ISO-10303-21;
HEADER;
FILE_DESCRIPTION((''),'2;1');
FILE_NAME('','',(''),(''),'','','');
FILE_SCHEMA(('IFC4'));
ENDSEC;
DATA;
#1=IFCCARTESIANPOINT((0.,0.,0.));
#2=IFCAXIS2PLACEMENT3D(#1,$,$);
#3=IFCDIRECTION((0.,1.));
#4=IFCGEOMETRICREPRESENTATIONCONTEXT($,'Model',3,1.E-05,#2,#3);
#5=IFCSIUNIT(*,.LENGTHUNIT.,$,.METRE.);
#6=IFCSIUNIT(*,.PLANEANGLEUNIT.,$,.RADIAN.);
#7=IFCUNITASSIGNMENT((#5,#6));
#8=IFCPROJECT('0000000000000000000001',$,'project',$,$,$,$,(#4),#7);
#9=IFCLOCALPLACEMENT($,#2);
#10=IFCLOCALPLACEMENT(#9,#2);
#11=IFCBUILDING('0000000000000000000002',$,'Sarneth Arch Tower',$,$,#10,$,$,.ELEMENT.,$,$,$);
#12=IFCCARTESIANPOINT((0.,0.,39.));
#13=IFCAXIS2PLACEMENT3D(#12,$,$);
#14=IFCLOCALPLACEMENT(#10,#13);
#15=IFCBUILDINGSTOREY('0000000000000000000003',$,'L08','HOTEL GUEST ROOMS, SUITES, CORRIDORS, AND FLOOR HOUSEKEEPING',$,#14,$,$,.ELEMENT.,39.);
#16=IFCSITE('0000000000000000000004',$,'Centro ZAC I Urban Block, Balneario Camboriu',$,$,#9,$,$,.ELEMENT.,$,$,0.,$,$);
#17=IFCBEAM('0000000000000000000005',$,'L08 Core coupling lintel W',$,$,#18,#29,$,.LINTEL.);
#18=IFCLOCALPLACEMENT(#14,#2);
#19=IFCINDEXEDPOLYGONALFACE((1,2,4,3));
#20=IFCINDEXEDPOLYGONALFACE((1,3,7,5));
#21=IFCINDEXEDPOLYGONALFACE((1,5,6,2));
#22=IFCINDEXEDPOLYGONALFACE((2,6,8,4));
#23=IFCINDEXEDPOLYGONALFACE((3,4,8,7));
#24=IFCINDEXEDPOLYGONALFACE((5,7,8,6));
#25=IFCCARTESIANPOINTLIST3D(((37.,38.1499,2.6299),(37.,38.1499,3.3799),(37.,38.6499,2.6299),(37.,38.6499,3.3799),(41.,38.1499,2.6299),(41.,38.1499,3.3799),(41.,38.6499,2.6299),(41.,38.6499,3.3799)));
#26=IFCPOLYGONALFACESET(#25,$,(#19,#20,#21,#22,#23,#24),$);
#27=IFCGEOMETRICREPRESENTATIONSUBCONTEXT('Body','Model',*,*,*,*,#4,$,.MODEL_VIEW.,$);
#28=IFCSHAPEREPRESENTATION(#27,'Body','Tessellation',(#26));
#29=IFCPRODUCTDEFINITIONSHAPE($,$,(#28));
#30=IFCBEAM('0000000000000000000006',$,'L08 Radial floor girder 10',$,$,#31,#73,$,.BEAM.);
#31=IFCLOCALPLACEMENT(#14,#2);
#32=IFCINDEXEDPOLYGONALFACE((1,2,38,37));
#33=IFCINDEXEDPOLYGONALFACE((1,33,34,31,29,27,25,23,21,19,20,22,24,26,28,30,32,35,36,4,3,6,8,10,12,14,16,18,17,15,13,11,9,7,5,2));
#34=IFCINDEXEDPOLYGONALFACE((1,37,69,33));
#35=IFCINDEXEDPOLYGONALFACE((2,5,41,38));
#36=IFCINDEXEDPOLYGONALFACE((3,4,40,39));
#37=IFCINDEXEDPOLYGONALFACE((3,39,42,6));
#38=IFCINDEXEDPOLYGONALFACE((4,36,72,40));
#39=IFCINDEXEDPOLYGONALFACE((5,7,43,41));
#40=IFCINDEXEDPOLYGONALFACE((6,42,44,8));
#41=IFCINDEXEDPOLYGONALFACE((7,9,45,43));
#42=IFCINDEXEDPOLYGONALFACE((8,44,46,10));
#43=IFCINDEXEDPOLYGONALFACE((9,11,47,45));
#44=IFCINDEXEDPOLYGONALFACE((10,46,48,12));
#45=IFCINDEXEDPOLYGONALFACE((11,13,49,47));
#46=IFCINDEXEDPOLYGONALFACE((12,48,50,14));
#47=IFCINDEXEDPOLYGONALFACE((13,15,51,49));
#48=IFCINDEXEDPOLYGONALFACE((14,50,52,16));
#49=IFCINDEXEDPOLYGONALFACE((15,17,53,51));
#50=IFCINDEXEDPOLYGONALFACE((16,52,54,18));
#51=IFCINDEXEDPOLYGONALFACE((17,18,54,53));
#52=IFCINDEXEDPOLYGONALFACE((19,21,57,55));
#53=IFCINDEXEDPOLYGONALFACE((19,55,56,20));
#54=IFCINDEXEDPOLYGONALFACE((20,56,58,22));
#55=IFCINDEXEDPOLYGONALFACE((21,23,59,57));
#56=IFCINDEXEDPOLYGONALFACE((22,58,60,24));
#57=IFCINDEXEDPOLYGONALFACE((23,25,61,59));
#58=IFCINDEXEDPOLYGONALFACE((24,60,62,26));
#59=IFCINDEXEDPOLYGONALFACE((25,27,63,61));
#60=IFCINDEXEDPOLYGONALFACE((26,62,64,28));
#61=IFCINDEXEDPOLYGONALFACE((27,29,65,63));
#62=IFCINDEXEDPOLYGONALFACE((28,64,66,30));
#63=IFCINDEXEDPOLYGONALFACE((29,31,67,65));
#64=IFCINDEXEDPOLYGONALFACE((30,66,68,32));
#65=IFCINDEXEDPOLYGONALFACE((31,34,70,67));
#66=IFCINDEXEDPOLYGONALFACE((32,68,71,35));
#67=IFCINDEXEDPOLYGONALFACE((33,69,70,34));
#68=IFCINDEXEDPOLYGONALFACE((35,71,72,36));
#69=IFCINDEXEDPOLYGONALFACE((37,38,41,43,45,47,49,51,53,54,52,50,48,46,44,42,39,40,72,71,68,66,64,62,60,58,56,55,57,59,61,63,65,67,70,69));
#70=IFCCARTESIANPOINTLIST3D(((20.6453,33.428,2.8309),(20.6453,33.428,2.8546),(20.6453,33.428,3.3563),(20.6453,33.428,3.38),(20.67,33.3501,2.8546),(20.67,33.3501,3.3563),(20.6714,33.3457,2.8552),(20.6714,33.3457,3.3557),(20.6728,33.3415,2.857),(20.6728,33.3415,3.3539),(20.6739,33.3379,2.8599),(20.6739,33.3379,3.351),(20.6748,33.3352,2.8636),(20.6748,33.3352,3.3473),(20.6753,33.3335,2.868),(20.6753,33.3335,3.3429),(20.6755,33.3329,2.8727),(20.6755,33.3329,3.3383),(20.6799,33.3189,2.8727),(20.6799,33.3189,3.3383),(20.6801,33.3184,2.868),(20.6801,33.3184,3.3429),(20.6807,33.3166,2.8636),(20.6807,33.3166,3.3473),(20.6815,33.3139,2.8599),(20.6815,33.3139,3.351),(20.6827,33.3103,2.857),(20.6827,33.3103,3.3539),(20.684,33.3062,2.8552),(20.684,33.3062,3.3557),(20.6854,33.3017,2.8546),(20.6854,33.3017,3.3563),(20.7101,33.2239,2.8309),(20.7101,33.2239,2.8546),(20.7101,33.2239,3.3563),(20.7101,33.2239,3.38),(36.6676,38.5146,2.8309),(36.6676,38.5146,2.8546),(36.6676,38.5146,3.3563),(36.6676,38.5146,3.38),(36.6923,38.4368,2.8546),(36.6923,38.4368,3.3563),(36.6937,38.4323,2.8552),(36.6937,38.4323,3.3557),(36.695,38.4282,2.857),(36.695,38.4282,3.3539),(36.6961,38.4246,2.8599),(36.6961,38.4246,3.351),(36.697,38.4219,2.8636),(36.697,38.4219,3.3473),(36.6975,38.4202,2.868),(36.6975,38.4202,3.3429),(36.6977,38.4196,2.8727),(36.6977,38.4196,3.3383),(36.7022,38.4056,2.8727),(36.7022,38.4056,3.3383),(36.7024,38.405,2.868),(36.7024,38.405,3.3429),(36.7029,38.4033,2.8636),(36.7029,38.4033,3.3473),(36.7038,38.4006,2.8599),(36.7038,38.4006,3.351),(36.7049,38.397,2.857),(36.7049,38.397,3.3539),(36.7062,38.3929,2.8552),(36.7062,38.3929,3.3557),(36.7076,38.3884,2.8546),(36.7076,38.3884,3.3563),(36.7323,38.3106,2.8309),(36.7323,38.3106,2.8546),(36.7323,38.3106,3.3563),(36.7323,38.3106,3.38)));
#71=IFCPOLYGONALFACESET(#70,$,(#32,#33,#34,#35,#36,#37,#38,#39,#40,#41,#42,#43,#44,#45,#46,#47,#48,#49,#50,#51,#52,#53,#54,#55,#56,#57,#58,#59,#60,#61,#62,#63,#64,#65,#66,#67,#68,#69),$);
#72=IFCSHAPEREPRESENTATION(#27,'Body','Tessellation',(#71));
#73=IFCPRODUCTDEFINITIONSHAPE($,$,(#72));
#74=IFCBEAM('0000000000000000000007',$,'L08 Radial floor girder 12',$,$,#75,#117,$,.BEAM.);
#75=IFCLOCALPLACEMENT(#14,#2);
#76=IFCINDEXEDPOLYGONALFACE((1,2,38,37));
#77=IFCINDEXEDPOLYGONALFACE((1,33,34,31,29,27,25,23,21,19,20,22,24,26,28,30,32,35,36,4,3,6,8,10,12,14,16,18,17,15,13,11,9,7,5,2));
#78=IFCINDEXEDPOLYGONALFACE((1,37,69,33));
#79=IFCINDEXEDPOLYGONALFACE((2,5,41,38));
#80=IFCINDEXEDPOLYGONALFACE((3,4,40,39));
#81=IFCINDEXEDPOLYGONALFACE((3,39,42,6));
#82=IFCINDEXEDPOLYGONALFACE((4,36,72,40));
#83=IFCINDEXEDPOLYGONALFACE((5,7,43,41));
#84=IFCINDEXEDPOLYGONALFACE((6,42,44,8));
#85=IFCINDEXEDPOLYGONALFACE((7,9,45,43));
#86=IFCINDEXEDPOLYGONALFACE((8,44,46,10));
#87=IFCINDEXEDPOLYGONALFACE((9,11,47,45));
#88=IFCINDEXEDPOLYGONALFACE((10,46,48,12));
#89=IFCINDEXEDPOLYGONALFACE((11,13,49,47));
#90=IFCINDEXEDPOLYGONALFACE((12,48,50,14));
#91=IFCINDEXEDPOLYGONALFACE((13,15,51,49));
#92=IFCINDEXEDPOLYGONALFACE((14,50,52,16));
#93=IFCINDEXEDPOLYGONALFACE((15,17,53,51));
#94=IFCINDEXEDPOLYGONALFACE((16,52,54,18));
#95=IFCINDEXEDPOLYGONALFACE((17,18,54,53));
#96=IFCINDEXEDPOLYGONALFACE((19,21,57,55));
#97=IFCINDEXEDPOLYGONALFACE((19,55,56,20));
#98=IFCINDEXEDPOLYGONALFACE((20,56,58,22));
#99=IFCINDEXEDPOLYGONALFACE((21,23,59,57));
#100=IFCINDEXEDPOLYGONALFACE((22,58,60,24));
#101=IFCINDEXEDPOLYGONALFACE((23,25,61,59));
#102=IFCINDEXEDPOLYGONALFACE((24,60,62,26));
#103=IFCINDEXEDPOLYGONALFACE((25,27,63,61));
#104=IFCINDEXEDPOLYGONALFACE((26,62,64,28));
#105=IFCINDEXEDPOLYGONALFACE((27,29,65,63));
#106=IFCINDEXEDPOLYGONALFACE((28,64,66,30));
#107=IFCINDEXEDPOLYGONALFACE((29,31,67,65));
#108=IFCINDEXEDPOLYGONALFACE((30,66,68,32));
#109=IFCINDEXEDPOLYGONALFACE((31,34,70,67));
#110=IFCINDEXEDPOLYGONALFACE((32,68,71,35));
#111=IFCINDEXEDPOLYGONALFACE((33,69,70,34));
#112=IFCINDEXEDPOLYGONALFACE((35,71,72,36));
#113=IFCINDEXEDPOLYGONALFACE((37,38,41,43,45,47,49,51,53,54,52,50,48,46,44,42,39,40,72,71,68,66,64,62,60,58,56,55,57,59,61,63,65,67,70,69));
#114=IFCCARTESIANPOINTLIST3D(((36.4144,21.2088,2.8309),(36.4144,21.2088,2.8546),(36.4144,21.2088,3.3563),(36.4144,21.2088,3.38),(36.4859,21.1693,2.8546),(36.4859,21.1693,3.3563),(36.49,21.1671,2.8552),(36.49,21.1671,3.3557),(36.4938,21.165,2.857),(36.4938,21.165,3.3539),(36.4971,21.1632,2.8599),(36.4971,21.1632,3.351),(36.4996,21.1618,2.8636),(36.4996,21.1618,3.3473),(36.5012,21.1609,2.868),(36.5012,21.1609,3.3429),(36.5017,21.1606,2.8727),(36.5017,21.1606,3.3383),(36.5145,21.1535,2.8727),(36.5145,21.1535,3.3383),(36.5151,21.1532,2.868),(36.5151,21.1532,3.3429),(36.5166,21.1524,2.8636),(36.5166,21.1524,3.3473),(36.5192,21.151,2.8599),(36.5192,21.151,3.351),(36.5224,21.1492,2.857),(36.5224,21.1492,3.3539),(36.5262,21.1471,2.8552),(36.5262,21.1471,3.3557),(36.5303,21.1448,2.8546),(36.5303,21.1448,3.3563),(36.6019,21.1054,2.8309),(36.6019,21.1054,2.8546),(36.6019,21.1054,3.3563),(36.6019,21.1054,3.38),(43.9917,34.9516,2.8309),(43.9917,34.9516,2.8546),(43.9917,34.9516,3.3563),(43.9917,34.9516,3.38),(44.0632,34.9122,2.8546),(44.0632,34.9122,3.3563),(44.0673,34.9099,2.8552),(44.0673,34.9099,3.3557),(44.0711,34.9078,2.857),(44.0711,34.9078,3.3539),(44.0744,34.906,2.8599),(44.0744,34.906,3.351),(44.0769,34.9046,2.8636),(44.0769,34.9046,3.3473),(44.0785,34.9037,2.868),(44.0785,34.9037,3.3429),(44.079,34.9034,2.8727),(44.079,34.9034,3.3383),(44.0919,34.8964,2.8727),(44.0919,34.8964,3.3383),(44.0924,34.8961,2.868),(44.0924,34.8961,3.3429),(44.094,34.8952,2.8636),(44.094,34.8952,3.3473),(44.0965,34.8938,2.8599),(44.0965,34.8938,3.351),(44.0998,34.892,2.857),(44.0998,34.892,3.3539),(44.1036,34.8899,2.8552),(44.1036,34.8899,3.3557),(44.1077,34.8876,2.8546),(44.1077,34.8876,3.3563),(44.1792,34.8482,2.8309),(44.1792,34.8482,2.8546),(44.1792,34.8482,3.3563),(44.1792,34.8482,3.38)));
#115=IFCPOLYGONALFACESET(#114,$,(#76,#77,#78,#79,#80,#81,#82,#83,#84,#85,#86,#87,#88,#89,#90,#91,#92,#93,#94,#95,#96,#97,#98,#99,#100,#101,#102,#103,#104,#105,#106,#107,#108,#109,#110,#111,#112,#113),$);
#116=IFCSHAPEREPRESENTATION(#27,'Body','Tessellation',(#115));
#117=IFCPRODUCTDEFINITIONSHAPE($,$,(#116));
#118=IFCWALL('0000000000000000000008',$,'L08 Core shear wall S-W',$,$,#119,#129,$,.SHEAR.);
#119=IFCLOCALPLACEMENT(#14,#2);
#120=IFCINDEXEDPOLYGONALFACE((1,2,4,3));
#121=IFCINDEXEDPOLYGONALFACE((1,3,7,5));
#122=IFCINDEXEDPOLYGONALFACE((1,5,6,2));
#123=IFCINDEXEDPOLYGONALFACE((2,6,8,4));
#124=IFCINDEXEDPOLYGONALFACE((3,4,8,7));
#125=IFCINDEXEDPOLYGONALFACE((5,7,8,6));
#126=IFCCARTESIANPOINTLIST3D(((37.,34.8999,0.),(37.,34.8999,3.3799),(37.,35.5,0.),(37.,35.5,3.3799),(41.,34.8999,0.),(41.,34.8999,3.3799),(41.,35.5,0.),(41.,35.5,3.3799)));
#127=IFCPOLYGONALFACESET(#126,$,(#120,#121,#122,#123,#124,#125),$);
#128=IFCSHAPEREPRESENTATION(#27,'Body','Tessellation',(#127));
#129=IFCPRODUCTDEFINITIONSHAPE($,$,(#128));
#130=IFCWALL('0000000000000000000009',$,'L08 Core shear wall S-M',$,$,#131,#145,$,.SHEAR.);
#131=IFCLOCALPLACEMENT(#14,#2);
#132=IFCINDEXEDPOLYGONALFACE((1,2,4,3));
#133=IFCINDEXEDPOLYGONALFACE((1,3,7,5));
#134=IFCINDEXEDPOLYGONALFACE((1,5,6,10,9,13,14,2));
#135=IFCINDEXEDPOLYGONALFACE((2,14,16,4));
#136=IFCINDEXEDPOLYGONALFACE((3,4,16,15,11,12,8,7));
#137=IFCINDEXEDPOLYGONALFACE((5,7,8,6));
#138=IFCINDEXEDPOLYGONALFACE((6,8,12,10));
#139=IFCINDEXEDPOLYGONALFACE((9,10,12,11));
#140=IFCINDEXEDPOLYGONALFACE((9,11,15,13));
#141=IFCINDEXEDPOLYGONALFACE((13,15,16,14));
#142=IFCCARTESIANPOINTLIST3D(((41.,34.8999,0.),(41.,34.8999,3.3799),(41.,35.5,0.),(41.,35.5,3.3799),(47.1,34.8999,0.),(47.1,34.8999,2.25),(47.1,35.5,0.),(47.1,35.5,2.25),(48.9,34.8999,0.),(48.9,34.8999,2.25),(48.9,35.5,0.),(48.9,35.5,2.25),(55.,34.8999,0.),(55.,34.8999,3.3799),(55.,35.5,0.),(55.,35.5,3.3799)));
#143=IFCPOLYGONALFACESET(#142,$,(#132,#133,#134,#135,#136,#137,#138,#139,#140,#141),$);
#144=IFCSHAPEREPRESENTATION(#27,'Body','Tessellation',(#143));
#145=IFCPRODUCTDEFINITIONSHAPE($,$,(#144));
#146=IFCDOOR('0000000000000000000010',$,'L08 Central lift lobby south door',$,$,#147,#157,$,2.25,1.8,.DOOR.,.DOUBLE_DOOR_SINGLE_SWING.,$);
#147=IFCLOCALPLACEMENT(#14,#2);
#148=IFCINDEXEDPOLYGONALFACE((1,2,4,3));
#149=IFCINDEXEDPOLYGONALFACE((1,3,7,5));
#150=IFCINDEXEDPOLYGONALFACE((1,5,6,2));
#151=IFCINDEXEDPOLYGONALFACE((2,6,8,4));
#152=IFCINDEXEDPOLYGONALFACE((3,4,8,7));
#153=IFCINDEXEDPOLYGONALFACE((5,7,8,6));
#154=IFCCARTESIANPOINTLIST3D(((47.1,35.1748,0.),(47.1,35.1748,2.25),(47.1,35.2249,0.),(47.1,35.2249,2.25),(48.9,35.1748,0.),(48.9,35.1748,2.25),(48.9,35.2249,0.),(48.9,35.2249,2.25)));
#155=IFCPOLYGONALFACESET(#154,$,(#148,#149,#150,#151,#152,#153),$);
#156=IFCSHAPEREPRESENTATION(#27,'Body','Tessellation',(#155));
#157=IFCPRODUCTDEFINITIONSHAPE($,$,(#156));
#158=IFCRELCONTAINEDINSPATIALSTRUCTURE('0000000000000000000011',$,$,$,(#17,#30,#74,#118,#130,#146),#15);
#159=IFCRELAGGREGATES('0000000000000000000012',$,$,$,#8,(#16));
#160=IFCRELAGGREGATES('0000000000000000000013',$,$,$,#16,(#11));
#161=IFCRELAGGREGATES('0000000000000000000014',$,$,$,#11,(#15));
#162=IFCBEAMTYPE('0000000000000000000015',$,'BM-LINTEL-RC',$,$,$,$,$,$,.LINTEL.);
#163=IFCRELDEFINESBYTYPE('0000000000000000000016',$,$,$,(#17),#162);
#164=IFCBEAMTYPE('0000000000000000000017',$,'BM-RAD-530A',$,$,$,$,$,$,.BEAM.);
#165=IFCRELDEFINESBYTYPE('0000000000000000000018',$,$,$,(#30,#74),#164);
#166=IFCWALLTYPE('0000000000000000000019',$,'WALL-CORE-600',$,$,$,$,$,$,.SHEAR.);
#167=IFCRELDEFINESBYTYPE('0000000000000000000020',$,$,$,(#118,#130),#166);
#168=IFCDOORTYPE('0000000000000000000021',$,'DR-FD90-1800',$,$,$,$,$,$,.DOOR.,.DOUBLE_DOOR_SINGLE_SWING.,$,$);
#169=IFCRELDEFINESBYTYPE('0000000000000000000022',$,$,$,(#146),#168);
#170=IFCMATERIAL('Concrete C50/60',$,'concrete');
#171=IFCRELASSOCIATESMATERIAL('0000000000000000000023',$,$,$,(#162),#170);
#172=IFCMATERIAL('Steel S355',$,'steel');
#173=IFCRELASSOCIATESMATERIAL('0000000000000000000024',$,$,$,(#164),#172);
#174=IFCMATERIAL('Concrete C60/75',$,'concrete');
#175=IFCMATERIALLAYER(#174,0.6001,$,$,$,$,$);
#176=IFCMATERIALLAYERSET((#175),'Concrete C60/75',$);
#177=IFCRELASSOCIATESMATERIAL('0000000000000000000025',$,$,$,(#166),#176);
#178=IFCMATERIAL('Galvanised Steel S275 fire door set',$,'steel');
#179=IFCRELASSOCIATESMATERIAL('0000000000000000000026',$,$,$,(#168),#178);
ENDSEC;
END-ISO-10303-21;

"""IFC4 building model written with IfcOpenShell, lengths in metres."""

from ifc_helpers import new_model, si_unit, direction, frame, frame_2d, origin, origin_2d, place, context, subcontext, project, spatial, rectangle, i_section, extrude, material, layer, layer_set, material_profile, profile_set, type_object, element, fill, save


model = new_model("IFC4")

# Units and contexts
model_context = context("Model", 3, precision=1e-05, world=origin(), true_north=direction((0.0, 1.0)))
body_context = subcontext(model_context, "Body", "Model", "MODEL_VIEW")
ifc_project = project(units=[si_unit("LENGTHUNIT", "METRE"), si_unit("PLANEANGLEUNIT", "RADIAN")], contexts=[model_context])

# Site, building, storey
site_placement = place(None, origin())
site = spatial("IfcSite", under=ifc_project, at=site_placement, Name="Centro ZAC I Urban Block, Balneario Camboriu", CompositionType="ELEMENT", RefElevation=0.0)
building_placement = place(site_placement, origin())
building = spatial("IfcBuilding", under=site, at=building_placement, Name="Sarneth Arch Tower", CompositionType="ELEMENT")
storey_placement = place(building_placement, frame((0.0, 0.0, 39.0)))
storey = spatial("IfcBuildingStorey", under=building, at=storey_placement, Name="L08", Description="HOTEL GUEST ROOMS, SUITES, CORRIDORS, AND FLOOR HOUSEKEEPING", CompositionType="ELEMENT", Elevation=39.0)

# Beams
ifc_material_1 = material(Name="Concrete C50/60", Category="concrete")
ifc_material_profile_1 = material_profile(ifc_material_1, rectangle(XDim=0.5, YDim=0.75, at=origin_2d()), Name="RC-500x750")
ifc_profile_set_1 = profile_set([ifc_material_profile_1], Name="Concrete C50/60")
beam_type_1 = type_object("IfcBeamType", Name="BM-LINTEL-RC", PredefinedType="LINTEL", material=ifc_profile_set_1)
beam_1_placement = place(storey_placement, frame((37.0, 38.3999, 3.0049), z_axis=(1.0, 0.0, 0.0), x_axis=(0.0, 1.0, 0.0)))
element("IfcBeam", 1, at=beam_1_placement, inside=storey, type_object=beam_type_1, Name="L08 Core coupling lintel W", PredefinedType="LINTEL", context=body_context, shape_type="SweptSolid", body=[
    extrude(rectangle(XDim=0.5, YDim=0.75, at=origin_2d()), origin(), (0.0, 0.0, 1.0), 4.0),
])
ifc_material_2 = material(Name="Steel S355", Category="steel")
ifc_material_profile_2 = material_profile(ifc_material_2, i_section(OverallWidth=0.2141, OverallDepth=0.5491, WebThickness=0.0146, FlangeThickness=0.0237, FilletRadius=0.0181, at=origin_2d()), Name="W530x138")
ifc_profile_set_2 = profile_set([ifc_material_profile_2], Name="Steel S355")
beam_type_2 = type_object("IfcBeamType", Name="BM-RAD-530A", PredefinedType="BEAM", material=ifc_profile_set_2)
beam_2_placement = place(storey_placement, frame((36.7, 38.4126, 3.1055), z_axis=(-0.95312, -0.302593, 0.0), x_axis=(0.302593, -0.95312, 0.0)))
element("IfcBeam", 2, at=beam_2_placement, inside=storey, type_object=beam_type_2, Name="L08 Radial floor girder 10", PredefinedType="BEAM", context=body_context, shape_type="SweptSolid", body=[
    extrude(i_section(OverallWidth=0.2141, OverallDepth=0.5491, WebThickness=0.0146, FlangeThickness=0.0237, FilletRadius=0.0181, at=origin_2d()), origin(), (0.0, 0.0, 1.0), 16.8103),
])
beam_3_placement = place(storey_placement, frame((44.0854, 34.8999, 3.1055), z_axis=(-0.482838, -0.87571, 0.0), x_axis=(0.87571, -0.482838, 0.0)))
element("IfcBeam", 3, at=beam_3_placement, inside=storey, type_object=beam_type_2, Name="L08 Radial floor girder 12", PredefinedType="BEAM", context=body_context, shape_type="SweptSolid", body=[
    extrude(i_section(OverallWidth=0.2141, OverallDepth=0.5491, WebThickness=0.0146, FlangeThickness=0.0237, FilletRadius=0.0181, at=origin_2d()), origin(), (0.0, 0.0, 1.0), 15.6934),
])

# Wall
ifc_material_3 = material(Name="Concrete C60/75", Category="concrete")
ifc_layer_1 = layer(ifc_material_3, 0.6001)
ifc_layer_set_1 = layer_set([ifc_layer_1], Name="Concrete C60/75")
wall_type_1 = type_object("IfcWallType", Name="WALL-CORE-600", PredefinedType="SHEAR", material=ifc_layer_set_1)
wall_1_placement = place(storey_placement, frame((37.0, 35.2, 0.0), z_axis=(0.0, 0.0, 1.0), x_axis=(1.0, 0.0, 0.0)))
element("IfcWall", 4, at=wall_1_placement, inside=storey, type_object=wall_type_1, Name="L08 Core shear wall S-W", PredefinedType="SHEAR", context=body_context, shape_type="SweptSolid", body=[
    extrude(rectangle(XDim=4.0, YDim=0.6001, at=frame_2d((2.0, 0.0))), origin(), (0.0, 0.0, 1.0), 3.3799),
])

# Wall, opening, door
wall_2_placement = place(storey_placement, frame((41.0, 35.2, 0.0), z_axis=(0.0, 0.0, 1.0), x_axis=(1.0, 0.0, 0.0)))
wall_2 = element("IfcWall", 5, at=wall_2_placement, inside=storey, type_object=wall_type_1, Name="L08 Core shear wall S-M", PredefinedType="SHEAR", context=body_context, shape_type="SweptSolid", body=[
    extrude(rectangle(XDim=14.0, YDim=0.6001, at=frame_2d((7.0, 0.0))), origin(), (0.0, 0.0, 1.0), 3.3799),
])
opening_1_placement = place(wall_2_placement, frame((6.1001, 0.0, 0.0)))
opening_1 = element("IfcOpeningElement", 6, at=opening_1_placement, cuts=wall_2, PredefinedType="OPENING", context=body_context, shape_type="SweptSolid", body=[
    extrude(rectangle(XDim=1.8, YDim=2.25, at=frame_2d((0.8999, 1.125))), frame((0.0, 0.3101, 0.0), z_axis=(0.0, -1.0, 0.0), x_axis=(1.0, 0.0, 0.0)), (0.0, 0.0, 1.0), 0.6201),
])
ifc_material_4 = material(Name="Galvanised Steel S275 fire door set", Category="steel")
door_type_1 = type_object("IfcDoorType", Name="DR-FD90-1800", OperationType="DOUBLE_DOOR_SINGLE_SWING", PredefinedType="DOOR", material=ifc_material_4)
door_1_placement = place(opening_1_placement, origin())
door_1 = element("IfcDoor", 7, at=door_1_placement, inside=storey, type_object=door_type_1, Name="L08 Central lift lobby south door", OperationType="DOUBLE_DOOR_SINGLE_SWING", OverallHeight=2.25, OverallWidth=1.8, PredefinedType="DOOR", context=body_context, shape_type="SweptSolid", body=[
    extrude(rectangle(XDim=1.8, YDim=2.25, at=frame_2d((0.8999, 1.125))), frame((0.0, 0.0249, 0.0), z_axis=(0.0, -1.0, 0.0), x_axis=(1.0, 0.0, 0.0)), (0.0, 0.0, 1.0), 0.05),
])
fill(opening_1, door_1)

save(model, "model.ifc")
